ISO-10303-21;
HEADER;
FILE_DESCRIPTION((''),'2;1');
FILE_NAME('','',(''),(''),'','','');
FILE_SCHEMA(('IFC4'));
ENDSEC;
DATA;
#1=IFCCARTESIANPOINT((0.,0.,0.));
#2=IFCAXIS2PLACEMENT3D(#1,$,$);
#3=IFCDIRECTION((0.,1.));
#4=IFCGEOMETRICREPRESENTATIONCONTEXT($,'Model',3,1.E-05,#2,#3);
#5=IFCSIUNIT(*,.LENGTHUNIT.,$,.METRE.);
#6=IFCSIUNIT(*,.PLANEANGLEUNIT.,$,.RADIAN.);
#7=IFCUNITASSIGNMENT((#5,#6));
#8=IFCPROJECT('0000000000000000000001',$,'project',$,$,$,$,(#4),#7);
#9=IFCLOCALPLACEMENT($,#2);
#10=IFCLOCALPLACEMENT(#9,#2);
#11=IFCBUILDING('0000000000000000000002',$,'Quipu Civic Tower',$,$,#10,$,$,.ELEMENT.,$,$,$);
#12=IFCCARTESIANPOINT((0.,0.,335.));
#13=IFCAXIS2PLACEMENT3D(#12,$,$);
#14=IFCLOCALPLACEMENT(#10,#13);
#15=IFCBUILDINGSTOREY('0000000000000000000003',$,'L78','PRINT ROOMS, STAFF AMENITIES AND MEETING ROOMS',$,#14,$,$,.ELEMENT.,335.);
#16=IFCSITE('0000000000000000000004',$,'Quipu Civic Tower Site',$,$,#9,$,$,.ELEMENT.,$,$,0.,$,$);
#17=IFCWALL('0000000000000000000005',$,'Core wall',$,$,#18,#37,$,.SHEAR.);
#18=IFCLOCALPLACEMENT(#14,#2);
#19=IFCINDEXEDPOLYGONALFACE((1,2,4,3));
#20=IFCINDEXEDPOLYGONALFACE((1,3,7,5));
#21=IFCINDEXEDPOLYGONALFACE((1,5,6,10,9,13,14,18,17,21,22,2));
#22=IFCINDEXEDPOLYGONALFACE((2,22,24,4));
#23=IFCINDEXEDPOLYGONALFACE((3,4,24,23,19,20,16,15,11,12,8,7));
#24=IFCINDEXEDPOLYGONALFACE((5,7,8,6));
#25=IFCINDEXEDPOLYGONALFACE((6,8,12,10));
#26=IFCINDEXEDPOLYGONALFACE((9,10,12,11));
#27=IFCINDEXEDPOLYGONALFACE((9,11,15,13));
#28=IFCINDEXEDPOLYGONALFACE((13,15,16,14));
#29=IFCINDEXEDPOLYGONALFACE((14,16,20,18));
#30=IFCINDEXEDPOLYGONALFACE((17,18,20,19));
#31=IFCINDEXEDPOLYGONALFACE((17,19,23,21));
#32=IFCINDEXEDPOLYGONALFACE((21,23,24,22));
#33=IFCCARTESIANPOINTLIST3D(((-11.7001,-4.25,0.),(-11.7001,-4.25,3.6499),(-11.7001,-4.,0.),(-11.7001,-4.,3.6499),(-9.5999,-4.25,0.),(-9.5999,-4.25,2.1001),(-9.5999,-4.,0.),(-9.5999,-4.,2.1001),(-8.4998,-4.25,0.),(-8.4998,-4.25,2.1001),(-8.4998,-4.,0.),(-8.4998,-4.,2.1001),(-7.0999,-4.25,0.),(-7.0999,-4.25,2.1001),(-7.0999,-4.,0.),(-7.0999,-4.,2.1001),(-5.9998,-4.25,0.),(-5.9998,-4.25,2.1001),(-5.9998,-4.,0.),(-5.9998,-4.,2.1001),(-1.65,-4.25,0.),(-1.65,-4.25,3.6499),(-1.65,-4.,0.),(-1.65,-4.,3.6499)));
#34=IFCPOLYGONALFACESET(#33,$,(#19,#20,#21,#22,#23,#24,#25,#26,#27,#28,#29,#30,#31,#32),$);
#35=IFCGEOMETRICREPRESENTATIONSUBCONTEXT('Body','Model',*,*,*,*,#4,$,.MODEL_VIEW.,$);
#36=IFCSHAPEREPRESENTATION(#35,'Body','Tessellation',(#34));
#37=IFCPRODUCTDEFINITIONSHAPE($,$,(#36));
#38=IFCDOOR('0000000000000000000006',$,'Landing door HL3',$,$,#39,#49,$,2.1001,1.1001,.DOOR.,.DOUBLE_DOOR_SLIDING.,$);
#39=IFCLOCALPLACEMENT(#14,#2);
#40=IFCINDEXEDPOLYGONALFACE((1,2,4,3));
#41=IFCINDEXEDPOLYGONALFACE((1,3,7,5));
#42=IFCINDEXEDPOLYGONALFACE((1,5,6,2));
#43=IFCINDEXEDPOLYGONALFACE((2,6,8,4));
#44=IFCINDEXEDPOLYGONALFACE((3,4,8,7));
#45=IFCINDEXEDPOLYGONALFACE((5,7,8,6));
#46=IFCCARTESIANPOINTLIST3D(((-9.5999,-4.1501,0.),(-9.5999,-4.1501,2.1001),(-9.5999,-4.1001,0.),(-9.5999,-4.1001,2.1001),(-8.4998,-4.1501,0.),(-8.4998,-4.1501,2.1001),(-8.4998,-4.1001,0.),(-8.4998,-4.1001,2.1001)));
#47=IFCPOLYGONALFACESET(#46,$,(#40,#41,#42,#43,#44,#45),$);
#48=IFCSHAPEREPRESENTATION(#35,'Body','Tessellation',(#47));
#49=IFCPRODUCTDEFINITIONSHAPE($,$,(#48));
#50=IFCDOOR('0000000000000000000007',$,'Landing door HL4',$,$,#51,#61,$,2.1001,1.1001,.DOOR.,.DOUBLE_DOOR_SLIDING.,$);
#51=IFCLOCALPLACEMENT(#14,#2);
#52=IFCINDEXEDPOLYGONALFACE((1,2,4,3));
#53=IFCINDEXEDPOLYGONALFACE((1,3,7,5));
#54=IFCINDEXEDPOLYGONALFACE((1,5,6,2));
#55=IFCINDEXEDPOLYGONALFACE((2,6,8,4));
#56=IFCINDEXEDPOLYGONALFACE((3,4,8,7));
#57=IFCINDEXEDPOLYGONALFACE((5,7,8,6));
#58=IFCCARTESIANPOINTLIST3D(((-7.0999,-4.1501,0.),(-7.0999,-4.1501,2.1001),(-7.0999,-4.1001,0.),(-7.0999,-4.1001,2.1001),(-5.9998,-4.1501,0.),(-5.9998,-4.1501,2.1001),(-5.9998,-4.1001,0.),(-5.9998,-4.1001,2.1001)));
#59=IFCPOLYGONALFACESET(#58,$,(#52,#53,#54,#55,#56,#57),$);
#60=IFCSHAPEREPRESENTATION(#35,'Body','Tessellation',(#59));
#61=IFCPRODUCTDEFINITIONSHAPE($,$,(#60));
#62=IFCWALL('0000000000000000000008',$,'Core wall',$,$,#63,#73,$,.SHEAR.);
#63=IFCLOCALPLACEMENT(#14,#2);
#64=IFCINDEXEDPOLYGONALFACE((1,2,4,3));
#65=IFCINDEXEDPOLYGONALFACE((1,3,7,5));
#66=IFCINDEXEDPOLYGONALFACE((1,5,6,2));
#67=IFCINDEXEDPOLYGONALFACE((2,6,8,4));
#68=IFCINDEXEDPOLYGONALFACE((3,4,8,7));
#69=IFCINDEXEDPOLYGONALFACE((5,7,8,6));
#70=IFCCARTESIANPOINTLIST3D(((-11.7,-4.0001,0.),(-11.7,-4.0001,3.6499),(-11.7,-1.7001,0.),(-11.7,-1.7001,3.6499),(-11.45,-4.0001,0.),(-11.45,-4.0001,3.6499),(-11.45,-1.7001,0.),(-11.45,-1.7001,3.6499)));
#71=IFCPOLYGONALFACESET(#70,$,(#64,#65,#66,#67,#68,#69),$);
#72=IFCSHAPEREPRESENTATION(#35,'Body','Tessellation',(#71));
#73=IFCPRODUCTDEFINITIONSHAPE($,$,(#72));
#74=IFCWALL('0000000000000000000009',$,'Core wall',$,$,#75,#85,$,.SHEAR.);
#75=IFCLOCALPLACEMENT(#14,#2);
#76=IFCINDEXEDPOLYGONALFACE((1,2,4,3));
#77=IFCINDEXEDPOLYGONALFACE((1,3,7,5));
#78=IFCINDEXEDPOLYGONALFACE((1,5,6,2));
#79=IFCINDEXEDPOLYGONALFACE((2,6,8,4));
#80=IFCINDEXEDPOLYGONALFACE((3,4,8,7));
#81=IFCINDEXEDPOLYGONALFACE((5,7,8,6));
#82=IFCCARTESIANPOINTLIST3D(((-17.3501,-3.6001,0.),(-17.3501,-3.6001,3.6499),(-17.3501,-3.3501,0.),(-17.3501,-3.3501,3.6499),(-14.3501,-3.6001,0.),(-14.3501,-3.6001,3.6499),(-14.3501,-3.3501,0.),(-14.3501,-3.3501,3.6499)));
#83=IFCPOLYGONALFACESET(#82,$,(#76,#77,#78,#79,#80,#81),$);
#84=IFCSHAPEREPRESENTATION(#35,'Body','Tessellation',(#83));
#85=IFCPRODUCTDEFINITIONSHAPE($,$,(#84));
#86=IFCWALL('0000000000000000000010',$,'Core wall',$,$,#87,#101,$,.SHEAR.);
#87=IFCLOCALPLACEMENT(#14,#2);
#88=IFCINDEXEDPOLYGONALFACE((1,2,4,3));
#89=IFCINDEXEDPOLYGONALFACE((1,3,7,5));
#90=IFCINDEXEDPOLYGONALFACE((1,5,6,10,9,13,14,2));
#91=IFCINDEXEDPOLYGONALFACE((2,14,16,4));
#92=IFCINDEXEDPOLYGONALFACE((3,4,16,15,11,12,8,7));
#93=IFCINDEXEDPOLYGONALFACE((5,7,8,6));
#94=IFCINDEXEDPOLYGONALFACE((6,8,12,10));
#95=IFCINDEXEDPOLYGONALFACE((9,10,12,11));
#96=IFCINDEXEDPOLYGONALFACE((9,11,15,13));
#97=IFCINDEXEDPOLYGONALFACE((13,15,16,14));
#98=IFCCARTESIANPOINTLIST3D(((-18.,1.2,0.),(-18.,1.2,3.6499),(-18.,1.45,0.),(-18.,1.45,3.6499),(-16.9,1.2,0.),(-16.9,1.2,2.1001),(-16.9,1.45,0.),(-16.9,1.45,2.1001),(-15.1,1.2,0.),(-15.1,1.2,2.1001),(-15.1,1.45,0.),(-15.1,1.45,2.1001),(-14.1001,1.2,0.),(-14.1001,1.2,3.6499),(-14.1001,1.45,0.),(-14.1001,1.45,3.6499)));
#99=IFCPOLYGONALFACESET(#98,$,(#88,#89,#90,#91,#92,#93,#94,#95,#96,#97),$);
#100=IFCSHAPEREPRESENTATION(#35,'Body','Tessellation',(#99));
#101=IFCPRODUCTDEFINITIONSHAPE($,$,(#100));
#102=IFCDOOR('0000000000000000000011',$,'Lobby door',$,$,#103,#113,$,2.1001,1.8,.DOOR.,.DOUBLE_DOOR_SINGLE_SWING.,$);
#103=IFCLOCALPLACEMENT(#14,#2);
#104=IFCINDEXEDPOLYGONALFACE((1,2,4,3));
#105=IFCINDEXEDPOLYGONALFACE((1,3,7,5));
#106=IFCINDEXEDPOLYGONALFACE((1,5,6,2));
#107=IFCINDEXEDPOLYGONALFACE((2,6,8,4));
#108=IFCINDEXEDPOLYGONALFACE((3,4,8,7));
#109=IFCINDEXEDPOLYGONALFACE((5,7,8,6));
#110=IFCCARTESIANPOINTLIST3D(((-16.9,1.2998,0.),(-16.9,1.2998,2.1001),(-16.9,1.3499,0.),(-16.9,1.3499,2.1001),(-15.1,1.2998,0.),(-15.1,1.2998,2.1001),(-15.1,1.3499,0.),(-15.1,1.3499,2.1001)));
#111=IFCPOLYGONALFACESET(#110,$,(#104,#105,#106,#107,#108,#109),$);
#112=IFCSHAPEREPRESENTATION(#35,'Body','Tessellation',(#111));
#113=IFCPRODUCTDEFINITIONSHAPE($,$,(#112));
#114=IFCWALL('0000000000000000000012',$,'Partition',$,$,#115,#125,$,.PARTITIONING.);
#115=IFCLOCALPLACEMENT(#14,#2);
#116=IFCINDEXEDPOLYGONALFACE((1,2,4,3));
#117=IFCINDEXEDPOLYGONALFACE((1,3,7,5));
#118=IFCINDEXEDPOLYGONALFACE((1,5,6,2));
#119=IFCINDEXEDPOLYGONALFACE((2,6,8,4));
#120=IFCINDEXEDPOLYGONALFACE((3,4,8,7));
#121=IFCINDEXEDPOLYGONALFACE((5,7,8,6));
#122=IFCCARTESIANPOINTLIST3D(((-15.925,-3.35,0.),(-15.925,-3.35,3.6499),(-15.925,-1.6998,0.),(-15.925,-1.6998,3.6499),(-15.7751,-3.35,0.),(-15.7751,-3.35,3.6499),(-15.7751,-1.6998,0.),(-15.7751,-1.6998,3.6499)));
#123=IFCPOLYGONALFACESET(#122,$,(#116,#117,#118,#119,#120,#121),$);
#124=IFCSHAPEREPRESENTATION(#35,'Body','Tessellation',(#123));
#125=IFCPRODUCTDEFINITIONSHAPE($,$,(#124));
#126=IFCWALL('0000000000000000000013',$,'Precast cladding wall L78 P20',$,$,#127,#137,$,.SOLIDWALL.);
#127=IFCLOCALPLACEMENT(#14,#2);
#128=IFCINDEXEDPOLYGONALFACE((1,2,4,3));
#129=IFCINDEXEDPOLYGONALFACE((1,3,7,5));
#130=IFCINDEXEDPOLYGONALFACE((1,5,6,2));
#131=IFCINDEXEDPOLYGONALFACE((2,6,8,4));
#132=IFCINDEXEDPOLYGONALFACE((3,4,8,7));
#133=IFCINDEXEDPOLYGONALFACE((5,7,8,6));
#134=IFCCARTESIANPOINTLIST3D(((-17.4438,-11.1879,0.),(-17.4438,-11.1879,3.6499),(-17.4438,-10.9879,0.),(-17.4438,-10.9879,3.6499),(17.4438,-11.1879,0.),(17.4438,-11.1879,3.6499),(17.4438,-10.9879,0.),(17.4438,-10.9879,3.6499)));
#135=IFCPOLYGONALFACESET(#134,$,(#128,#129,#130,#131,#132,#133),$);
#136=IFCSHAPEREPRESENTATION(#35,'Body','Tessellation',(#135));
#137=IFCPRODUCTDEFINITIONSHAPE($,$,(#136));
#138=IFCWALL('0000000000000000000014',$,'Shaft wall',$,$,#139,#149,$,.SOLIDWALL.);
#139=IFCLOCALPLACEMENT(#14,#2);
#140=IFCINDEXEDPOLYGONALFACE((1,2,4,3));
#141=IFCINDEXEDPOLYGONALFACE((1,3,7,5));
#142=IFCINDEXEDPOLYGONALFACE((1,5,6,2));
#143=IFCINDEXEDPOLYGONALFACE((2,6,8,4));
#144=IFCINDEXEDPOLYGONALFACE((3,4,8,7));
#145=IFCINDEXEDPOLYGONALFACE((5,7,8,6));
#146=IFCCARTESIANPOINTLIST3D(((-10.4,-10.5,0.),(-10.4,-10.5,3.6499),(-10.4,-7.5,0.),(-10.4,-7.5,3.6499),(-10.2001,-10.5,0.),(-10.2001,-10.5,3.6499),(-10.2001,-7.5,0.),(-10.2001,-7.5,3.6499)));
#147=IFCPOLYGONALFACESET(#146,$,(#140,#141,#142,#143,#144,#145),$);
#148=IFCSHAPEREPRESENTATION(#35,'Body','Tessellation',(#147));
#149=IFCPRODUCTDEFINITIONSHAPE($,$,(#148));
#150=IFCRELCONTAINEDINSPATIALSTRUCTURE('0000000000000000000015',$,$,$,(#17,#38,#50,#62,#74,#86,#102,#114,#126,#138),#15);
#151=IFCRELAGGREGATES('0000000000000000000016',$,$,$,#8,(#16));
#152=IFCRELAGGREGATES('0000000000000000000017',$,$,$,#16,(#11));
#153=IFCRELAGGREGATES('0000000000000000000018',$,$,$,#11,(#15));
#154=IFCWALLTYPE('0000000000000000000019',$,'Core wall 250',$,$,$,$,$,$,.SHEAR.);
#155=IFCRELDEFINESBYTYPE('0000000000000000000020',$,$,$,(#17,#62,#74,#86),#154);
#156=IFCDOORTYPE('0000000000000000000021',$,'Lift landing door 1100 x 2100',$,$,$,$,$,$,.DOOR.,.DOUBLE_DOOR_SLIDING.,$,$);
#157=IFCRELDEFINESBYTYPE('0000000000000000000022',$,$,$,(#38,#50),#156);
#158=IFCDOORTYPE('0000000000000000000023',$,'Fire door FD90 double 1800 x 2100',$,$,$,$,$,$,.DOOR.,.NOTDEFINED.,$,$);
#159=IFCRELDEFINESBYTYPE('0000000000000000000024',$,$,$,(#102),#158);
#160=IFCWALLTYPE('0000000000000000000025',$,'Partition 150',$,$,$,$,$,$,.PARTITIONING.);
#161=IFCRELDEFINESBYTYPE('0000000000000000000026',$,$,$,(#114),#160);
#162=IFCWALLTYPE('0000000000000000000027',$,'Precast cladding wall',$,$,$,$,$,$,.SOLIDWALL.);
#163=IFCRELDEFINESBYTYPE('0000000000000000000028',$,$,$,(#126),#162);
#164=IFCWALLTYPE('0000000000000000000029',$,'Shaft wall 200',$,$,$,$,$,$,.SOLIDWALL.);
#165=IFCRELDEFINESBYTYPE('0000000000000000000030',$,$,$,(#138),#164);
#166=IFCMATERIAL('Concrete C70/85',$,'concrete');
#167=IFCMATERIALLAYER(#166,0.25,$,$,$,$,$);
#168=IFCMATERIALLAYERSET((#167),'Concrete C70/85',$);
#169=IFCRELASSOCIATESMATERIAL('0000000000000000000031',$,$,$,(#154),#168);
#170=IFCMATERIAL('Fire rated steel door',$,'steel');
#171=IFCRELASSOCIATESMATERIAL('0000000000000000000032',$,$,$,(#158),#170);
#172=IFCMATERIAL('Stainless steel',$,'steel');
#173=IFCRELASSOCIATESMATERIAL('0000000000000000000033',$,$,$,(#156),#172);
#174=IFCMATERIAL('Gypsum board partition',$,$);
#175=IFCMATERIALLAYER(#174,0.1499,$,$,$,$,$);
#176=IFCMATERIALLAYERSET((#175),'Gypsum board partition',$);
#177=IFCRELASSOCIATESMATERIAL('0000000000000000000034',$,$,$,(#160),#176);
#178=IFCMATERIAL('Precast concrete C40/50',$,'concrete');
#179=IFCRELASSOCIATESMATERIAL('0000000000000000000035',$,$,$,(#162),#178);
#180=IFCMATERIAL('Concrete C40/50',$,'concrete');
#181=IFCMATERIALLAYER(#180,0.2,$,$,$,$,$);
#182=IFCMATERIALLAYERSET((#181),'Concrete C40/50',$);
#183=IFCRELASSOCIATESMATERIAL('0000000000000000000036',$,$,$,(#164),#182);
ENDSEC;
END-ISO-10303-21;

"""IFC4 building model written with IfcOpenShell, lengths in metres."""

from ifc_helpers import new_model, si_unit, direction, frame, frame_2d, origin, place, context, subcontext, project, spatial, rectangle, extrude, material, layer, layer_set, type_object, element, fill, save


model = new_model("IFC4")

# Units and contexts
model_context = context("Model", 3, precision=1e-05, world=origin(), true_north=direction((0.0, 1.0)))
body_context = subcontext(model_context, "Body", "Model", "MODEL_VIEW")
ifc_project = project(units=[si_unit("LENGTHUNIT", "METRE"), si_unit("PLANEANGLEUNIT", "RADIAN")], contexts=[model_context])

# Site, building, storey
site_placement = place(None, origin())
site = spatial("IfcSite", under=ifc_project, at=site_placement, Name="Quipu Civic Tower Site", CompositionType="ELEMENT", RefElevation=0.0)
building_placement = place(site_placement, origin())
building = spatial("IfcBuilding", under=site, at=building_placement, Name="Quipu Civic Tower", CompositionType="ELEMENT")
storey_placement = place(building_placement, frame((0.0, 0.0, 335.0)))
storey = spatial("IfcBuildingStorey", under=building, at=storey_placement, Name="L78", Description="PRINT ROOMS, STAFF AMENITIES AND MEETING ROOMS", CompositionType="ELEMENT", Elevation=335.0)

# Shared definitions
ifc_material_1 = material(Name="Concrete C70/85", Category="concrete")
ifc_layer_1 = layer(ifc_material_1, 0.25)
ifc_layer_set_1 = layer_set([ifc_layer_1], Name="Concrete C70/85")
wall_type_1 = type_object("IfcWallType", Name="Core wall 250", PredefinedType="SHEAR", material=ifc_layer_set_1)

# Shared definitions
ifc_material_2 = material(Name="Fire rated steel door", Category="steel")
door_type_1 = type_object("IfcDoorType", Name="Fire door FD90 double 1800 x 2100", OperationType="NOTDEFINED", PredefinedType="DOOR", material=ifc_material_2)

# Wall, openings, doors
wall_1_placement = place(storey_placement, frame((-11.7, -4.125, 0.0), z_axis=(0.0, 0.0, 1.0), x_axis=(1.0, 0.0, 0.0)))
wall_1 = element("IfcWall", 1, at=wall_1_placement, inside=storey, type_object=wall_type_1, Name="Core wall", PredefinedType="SHEAR", context=body_context, shape_type="SweptSolid", body=[
    extrude(rectangle(XDim=10.05, YDim=0.25, at=frame_2d((5.0249, 0.0))), origin(), (0.0, 0.0, 1.0), 3.6499),
])
opening_1_placement = place(wall_1_placement, frame((2.1001, 0.0, 0.0)))
opening_1 = element("IfcOpeningElement", 2, at=opening_1_placement, cuts=wall_1, PredefinedType="OPENING", context=body_context, shape_type="SweptSolid", body=[
    extrude(rectangle(XDim=1.1001, YDim=2.1001, at=frame_2d((0.55, 1.05))), frame((0.0, 0.135, 0.0), z_axis=(0.0, -1.0, 0.0), x_axis=(1.0, 0.0, 0.0)), (0.0, 0.0, 1.0), 0.27),
])
opening_2_placement = place(wall_1_placement, frame((4.6001, 0.0, 0.0)))
opening_2 = element("IfcOpeningElement", 3, at=opening_2_placement, cuts=wall_1, PredefinedType="OPENING", context=body_context, shape_type="SweptSolid", body=[
    extrude(rectangle(XDim=1.1001, YDim=2.1001, at=frame_2d((0.55, 1.05))), frame((0.0, 0.135, 0.0), z_axis=(0.0, -1.0, 0.0), x_axis=(1.0, 0.0, 0.0)), (0.0, 0.0, 1.0), 0.27),
])
ifc_material_3 = material(Name="Stainless steel", Category="steel")
door_type_2 = type_object("IfcDoorType", Name="Lift landing door 1100 x 2100", OperationType="DOUBLE_DOOR_SLIDING", PredefinedType="DOOR", material=ifc_material_3)
door_1_placement = place(opening_1_placement, origin())
door_1 = element("IfcDoor", 4, at=door_1_placement, inside=storey, type_object=door_type_2, Name="Landing door HL3", OperationType="DOUBLE_DOOR_SLIDING", OverallHeight=2.1001, OverallWidth=1.1001, PredefinedType="DOOR", context=body_context, shape_type="SweptSolid", body=[
    extrude(rectangle(XDim=1.1001, YDim=2.1001, at=frame_2d((0.55, 1.05))), frame((0.0, 0.0249, 0.0), z_axis=(0.0, -1.0, 0.0), x_axis=(1.0, 0.0, 0.0)), (0.0, 0.0, 1.0), 0.05),
])
fill(opening_1, door_1)
door_2_placement = place(opening_2_placement, origin())
door_2 = element("IfcDoor", 5, at=door_2_placement, inside=storey, type_object=door_type_2, Name="Landing door HL4", OperationType="DOUBLE_DOOR_SLIDING", OverallHeight=2.1001, OverallWidth=1.1001, PredefinedType="DOOR", context=body_context, shape_type="SweptSolid", body=[
    extrude(rectangle(XDim=1.1001, YDim=2.1001, at=frame_2d((0.55, 1.05))), frame((0.0, 0.0249, 0.0), z_axis=(0.0, -1.0, 0.0), x_axis=(1.0, 0.0, 0.0)), (0.0, 0.0, 1.0), 0.05),
])
fill(opening_2, door_2)

# Walls
wall_2_placement = place(storey_placement, frame((-11.575, -4.0, 0.0), z_axis=(0.0, 0.0, 1.0), x_axis=(0.0, 1.0, 0.0)))
element("IfcWall", 6, at=wall_2_placement, inside=storey, type_object=wall_type_1, Name="Core wall", PredefinedType="SHEAR", context=body_context, shape_type="SweptSolid", body=[
    extrude(rectangle(XDim=2.3, YDim=0.25, at=frame_2d((1.1499, 0.0))), origin(), (0.0, 0.0, 1.0), 3.6499),
])
wall_3_placement = place(storey_placement, frame((-17.3501, -3.4751, 0.0), z_axis=(0.0, 0.0, 1.0), x_axis=(1.0, 0.0, 0.0)))
element("IfcWall", 7, at=wall_3_placement, inside=storey, type_object=wall_type_1, Name="Core wall", PredefinedType="SHEAR", context=body_context, shape_type="SweptSolid", body=[
    extrude(rectangle(XDim=3.0, YDim=0.25, at=frame_2d((1.5, 0.0))), origin(), (0.0, 0.0, 1.0), 3.6499),
])

# Wall, opening, door
wall_4_placement = place(storey_placement, frame((-18.0, 1.325, 0.0), z_axis=(0.0, 0.0, 1.0), x_axis=(1.0, 0.0, 0.0)))
wall_4 = element("IfcWall", 8, at=wall_4_placement, inside=storey, type_object=wall_type_1, Name="Core wall", PredefinedType="SHEAR", context=body_context, shape_type="SweptSolid", body=[
    extrude(rectangle(XDim=3.8999, YDim=0.25, at=frame_2d((1.95, 0.0))), origin(), (0.0, 0.0, 1.0), 3.6499),
])
opening_3_placement = place(wall_4_placement, frame((1.1001, 0.0, 0.0)))
opening_3 = element("IfcOpeningElement", 9, at=opening_3_placement, cuts=wall_4, PredefinedType="OPENING", context=body_context, shape_type="SweptSolid", body=[
    extrude(rectangle(XDim=1.8, YDim=2.1001, at=frame_2d((0.8999, 1.05))), frame((0.0, 0.135, 0.0), z_axis=(0.0, -1.0, 0.0), x_axis=(1.0, 0.0, 0.0)), (0.0, 0.0, 1.0), 0.27),
])
door_3_placement = place(opening_3_placement, origin())
door_3 = element("IfcDoor", 10, at=door_3_placement, inside=storey, type_object=door_type_1, Name="Lobby door", OperationType="DOUBLE_DOOR_SINGLE_SWING", OverallHeight=2.1001, OverallWidth=1.8, PredefinedType="DOOR", context=body_context, shape_type="SweptSolid", body=[
    extrude(rectangle(XDim=1.8, YDim=2.1001, at=frame_2d((0.8999, 1.05))), frame((0.0, 0.0249, 0.0), z_axis=(0.0, -1.0, 0.0), x_axis=(1.0, 0.0, 0.0)), (0.0, 0.0, 1.0), 0.05),
])
fill(opening_3, door_3)

# Walls
ifc_material_4 = material(Name="Gypsum board partition")
ifc_layer_2 = layer(ifc_material_4, 0.1499)
ifc_layer_set_2 = layer_set([ifc_layer_2], Name="Gypsum board partition")
wall_type_2 = type_object("IfcWallType", Name="Partition 150", PredefinedType="PARTITIONING", material=ifc_layer_set_2)
wall_5_placement = place(storey_placement, frame((-15.8501, -3.3501, 0.0), z_axis=(0.0, 0.0, 1.0), x_axis=(0.0, 1.0, 0.0)))
element("IfcWall", 11, at=wall_5_placement, inside=storey, type_object=wall_type_2, Name="Partition", PredefinedType="PARTITIONING", context=body_context, shape_type="SweptSolid", body=[
    extrude(rectangle(XDim=1.6501, YDim=0.1499, at=frame_2d((0.8252, 0.0))), origin(), (0.0, 0.0, 1.0), 3.6499),
])
ifc_material_5 = material(Name="Precast concrete C40/50", Category="concrete")
wall_type_3 = type_object("IfcWallType", Name="Precast cladding wall", PredefinedType="SOLIDWALL", material=ifc_material_5)
wall_6_placement = place(storey_placement, frame((-17.4438, -11.0879, 0.0), z_axis=(0.0, 0.0, 1.0), x_axis=(1.0, 0.0, 0.0)))
element("IfcWall", 12, at=wall_6_placement, inside=storey, type_object=wall_type_3, Name="Precast cladding wall L78 P20", PredefinedType="SOLIDWALL", context=body_context, shape_type="SweptSolid", body=[
    extrude(rectangle(XDim=34.8877, YDim=0.2, at=frame_2d((17.4438, 0.0))), origin(), (0.0, 0.0, 1.0), 3.6499),
])
ifc_material_6 = material(Name="Concrete C40/50", Category="concrete")
ifc_layer_3 = layer(ifc_material_6, 0.2)
ifc_layer_set_3 = layer_set([ifc_layer_3], Name="Concrete C40/50")
wall_type_4 = type_object("IfcWallType", Name="Shaft wall 200", PredefinedType="SOLIDWALL", material=ifc_layer_set_3)
wall_7_placement = place(storey_placement, frame((-10.3, -10.5, 0.0), z_axis=(0.0, 0.0, 1.0), x_axis=(0.0, 1.0, 0.0)))
element("IfcWall", 13, at=wall_7_placement, inside=storey, type_object=wall_type_4, Name="Shaft wall", PredefinedType="SOLIDWALL", context=body_context, shape_type="SweptSolid", body=[
    extrude(rectangle(XDim=3.0, YDim=0.2, at=frame_2d((1.5, 0.0))), origin(), (0.0, 0.0, 1.0), 3.6499),
])

save(model, "model.ifc")
